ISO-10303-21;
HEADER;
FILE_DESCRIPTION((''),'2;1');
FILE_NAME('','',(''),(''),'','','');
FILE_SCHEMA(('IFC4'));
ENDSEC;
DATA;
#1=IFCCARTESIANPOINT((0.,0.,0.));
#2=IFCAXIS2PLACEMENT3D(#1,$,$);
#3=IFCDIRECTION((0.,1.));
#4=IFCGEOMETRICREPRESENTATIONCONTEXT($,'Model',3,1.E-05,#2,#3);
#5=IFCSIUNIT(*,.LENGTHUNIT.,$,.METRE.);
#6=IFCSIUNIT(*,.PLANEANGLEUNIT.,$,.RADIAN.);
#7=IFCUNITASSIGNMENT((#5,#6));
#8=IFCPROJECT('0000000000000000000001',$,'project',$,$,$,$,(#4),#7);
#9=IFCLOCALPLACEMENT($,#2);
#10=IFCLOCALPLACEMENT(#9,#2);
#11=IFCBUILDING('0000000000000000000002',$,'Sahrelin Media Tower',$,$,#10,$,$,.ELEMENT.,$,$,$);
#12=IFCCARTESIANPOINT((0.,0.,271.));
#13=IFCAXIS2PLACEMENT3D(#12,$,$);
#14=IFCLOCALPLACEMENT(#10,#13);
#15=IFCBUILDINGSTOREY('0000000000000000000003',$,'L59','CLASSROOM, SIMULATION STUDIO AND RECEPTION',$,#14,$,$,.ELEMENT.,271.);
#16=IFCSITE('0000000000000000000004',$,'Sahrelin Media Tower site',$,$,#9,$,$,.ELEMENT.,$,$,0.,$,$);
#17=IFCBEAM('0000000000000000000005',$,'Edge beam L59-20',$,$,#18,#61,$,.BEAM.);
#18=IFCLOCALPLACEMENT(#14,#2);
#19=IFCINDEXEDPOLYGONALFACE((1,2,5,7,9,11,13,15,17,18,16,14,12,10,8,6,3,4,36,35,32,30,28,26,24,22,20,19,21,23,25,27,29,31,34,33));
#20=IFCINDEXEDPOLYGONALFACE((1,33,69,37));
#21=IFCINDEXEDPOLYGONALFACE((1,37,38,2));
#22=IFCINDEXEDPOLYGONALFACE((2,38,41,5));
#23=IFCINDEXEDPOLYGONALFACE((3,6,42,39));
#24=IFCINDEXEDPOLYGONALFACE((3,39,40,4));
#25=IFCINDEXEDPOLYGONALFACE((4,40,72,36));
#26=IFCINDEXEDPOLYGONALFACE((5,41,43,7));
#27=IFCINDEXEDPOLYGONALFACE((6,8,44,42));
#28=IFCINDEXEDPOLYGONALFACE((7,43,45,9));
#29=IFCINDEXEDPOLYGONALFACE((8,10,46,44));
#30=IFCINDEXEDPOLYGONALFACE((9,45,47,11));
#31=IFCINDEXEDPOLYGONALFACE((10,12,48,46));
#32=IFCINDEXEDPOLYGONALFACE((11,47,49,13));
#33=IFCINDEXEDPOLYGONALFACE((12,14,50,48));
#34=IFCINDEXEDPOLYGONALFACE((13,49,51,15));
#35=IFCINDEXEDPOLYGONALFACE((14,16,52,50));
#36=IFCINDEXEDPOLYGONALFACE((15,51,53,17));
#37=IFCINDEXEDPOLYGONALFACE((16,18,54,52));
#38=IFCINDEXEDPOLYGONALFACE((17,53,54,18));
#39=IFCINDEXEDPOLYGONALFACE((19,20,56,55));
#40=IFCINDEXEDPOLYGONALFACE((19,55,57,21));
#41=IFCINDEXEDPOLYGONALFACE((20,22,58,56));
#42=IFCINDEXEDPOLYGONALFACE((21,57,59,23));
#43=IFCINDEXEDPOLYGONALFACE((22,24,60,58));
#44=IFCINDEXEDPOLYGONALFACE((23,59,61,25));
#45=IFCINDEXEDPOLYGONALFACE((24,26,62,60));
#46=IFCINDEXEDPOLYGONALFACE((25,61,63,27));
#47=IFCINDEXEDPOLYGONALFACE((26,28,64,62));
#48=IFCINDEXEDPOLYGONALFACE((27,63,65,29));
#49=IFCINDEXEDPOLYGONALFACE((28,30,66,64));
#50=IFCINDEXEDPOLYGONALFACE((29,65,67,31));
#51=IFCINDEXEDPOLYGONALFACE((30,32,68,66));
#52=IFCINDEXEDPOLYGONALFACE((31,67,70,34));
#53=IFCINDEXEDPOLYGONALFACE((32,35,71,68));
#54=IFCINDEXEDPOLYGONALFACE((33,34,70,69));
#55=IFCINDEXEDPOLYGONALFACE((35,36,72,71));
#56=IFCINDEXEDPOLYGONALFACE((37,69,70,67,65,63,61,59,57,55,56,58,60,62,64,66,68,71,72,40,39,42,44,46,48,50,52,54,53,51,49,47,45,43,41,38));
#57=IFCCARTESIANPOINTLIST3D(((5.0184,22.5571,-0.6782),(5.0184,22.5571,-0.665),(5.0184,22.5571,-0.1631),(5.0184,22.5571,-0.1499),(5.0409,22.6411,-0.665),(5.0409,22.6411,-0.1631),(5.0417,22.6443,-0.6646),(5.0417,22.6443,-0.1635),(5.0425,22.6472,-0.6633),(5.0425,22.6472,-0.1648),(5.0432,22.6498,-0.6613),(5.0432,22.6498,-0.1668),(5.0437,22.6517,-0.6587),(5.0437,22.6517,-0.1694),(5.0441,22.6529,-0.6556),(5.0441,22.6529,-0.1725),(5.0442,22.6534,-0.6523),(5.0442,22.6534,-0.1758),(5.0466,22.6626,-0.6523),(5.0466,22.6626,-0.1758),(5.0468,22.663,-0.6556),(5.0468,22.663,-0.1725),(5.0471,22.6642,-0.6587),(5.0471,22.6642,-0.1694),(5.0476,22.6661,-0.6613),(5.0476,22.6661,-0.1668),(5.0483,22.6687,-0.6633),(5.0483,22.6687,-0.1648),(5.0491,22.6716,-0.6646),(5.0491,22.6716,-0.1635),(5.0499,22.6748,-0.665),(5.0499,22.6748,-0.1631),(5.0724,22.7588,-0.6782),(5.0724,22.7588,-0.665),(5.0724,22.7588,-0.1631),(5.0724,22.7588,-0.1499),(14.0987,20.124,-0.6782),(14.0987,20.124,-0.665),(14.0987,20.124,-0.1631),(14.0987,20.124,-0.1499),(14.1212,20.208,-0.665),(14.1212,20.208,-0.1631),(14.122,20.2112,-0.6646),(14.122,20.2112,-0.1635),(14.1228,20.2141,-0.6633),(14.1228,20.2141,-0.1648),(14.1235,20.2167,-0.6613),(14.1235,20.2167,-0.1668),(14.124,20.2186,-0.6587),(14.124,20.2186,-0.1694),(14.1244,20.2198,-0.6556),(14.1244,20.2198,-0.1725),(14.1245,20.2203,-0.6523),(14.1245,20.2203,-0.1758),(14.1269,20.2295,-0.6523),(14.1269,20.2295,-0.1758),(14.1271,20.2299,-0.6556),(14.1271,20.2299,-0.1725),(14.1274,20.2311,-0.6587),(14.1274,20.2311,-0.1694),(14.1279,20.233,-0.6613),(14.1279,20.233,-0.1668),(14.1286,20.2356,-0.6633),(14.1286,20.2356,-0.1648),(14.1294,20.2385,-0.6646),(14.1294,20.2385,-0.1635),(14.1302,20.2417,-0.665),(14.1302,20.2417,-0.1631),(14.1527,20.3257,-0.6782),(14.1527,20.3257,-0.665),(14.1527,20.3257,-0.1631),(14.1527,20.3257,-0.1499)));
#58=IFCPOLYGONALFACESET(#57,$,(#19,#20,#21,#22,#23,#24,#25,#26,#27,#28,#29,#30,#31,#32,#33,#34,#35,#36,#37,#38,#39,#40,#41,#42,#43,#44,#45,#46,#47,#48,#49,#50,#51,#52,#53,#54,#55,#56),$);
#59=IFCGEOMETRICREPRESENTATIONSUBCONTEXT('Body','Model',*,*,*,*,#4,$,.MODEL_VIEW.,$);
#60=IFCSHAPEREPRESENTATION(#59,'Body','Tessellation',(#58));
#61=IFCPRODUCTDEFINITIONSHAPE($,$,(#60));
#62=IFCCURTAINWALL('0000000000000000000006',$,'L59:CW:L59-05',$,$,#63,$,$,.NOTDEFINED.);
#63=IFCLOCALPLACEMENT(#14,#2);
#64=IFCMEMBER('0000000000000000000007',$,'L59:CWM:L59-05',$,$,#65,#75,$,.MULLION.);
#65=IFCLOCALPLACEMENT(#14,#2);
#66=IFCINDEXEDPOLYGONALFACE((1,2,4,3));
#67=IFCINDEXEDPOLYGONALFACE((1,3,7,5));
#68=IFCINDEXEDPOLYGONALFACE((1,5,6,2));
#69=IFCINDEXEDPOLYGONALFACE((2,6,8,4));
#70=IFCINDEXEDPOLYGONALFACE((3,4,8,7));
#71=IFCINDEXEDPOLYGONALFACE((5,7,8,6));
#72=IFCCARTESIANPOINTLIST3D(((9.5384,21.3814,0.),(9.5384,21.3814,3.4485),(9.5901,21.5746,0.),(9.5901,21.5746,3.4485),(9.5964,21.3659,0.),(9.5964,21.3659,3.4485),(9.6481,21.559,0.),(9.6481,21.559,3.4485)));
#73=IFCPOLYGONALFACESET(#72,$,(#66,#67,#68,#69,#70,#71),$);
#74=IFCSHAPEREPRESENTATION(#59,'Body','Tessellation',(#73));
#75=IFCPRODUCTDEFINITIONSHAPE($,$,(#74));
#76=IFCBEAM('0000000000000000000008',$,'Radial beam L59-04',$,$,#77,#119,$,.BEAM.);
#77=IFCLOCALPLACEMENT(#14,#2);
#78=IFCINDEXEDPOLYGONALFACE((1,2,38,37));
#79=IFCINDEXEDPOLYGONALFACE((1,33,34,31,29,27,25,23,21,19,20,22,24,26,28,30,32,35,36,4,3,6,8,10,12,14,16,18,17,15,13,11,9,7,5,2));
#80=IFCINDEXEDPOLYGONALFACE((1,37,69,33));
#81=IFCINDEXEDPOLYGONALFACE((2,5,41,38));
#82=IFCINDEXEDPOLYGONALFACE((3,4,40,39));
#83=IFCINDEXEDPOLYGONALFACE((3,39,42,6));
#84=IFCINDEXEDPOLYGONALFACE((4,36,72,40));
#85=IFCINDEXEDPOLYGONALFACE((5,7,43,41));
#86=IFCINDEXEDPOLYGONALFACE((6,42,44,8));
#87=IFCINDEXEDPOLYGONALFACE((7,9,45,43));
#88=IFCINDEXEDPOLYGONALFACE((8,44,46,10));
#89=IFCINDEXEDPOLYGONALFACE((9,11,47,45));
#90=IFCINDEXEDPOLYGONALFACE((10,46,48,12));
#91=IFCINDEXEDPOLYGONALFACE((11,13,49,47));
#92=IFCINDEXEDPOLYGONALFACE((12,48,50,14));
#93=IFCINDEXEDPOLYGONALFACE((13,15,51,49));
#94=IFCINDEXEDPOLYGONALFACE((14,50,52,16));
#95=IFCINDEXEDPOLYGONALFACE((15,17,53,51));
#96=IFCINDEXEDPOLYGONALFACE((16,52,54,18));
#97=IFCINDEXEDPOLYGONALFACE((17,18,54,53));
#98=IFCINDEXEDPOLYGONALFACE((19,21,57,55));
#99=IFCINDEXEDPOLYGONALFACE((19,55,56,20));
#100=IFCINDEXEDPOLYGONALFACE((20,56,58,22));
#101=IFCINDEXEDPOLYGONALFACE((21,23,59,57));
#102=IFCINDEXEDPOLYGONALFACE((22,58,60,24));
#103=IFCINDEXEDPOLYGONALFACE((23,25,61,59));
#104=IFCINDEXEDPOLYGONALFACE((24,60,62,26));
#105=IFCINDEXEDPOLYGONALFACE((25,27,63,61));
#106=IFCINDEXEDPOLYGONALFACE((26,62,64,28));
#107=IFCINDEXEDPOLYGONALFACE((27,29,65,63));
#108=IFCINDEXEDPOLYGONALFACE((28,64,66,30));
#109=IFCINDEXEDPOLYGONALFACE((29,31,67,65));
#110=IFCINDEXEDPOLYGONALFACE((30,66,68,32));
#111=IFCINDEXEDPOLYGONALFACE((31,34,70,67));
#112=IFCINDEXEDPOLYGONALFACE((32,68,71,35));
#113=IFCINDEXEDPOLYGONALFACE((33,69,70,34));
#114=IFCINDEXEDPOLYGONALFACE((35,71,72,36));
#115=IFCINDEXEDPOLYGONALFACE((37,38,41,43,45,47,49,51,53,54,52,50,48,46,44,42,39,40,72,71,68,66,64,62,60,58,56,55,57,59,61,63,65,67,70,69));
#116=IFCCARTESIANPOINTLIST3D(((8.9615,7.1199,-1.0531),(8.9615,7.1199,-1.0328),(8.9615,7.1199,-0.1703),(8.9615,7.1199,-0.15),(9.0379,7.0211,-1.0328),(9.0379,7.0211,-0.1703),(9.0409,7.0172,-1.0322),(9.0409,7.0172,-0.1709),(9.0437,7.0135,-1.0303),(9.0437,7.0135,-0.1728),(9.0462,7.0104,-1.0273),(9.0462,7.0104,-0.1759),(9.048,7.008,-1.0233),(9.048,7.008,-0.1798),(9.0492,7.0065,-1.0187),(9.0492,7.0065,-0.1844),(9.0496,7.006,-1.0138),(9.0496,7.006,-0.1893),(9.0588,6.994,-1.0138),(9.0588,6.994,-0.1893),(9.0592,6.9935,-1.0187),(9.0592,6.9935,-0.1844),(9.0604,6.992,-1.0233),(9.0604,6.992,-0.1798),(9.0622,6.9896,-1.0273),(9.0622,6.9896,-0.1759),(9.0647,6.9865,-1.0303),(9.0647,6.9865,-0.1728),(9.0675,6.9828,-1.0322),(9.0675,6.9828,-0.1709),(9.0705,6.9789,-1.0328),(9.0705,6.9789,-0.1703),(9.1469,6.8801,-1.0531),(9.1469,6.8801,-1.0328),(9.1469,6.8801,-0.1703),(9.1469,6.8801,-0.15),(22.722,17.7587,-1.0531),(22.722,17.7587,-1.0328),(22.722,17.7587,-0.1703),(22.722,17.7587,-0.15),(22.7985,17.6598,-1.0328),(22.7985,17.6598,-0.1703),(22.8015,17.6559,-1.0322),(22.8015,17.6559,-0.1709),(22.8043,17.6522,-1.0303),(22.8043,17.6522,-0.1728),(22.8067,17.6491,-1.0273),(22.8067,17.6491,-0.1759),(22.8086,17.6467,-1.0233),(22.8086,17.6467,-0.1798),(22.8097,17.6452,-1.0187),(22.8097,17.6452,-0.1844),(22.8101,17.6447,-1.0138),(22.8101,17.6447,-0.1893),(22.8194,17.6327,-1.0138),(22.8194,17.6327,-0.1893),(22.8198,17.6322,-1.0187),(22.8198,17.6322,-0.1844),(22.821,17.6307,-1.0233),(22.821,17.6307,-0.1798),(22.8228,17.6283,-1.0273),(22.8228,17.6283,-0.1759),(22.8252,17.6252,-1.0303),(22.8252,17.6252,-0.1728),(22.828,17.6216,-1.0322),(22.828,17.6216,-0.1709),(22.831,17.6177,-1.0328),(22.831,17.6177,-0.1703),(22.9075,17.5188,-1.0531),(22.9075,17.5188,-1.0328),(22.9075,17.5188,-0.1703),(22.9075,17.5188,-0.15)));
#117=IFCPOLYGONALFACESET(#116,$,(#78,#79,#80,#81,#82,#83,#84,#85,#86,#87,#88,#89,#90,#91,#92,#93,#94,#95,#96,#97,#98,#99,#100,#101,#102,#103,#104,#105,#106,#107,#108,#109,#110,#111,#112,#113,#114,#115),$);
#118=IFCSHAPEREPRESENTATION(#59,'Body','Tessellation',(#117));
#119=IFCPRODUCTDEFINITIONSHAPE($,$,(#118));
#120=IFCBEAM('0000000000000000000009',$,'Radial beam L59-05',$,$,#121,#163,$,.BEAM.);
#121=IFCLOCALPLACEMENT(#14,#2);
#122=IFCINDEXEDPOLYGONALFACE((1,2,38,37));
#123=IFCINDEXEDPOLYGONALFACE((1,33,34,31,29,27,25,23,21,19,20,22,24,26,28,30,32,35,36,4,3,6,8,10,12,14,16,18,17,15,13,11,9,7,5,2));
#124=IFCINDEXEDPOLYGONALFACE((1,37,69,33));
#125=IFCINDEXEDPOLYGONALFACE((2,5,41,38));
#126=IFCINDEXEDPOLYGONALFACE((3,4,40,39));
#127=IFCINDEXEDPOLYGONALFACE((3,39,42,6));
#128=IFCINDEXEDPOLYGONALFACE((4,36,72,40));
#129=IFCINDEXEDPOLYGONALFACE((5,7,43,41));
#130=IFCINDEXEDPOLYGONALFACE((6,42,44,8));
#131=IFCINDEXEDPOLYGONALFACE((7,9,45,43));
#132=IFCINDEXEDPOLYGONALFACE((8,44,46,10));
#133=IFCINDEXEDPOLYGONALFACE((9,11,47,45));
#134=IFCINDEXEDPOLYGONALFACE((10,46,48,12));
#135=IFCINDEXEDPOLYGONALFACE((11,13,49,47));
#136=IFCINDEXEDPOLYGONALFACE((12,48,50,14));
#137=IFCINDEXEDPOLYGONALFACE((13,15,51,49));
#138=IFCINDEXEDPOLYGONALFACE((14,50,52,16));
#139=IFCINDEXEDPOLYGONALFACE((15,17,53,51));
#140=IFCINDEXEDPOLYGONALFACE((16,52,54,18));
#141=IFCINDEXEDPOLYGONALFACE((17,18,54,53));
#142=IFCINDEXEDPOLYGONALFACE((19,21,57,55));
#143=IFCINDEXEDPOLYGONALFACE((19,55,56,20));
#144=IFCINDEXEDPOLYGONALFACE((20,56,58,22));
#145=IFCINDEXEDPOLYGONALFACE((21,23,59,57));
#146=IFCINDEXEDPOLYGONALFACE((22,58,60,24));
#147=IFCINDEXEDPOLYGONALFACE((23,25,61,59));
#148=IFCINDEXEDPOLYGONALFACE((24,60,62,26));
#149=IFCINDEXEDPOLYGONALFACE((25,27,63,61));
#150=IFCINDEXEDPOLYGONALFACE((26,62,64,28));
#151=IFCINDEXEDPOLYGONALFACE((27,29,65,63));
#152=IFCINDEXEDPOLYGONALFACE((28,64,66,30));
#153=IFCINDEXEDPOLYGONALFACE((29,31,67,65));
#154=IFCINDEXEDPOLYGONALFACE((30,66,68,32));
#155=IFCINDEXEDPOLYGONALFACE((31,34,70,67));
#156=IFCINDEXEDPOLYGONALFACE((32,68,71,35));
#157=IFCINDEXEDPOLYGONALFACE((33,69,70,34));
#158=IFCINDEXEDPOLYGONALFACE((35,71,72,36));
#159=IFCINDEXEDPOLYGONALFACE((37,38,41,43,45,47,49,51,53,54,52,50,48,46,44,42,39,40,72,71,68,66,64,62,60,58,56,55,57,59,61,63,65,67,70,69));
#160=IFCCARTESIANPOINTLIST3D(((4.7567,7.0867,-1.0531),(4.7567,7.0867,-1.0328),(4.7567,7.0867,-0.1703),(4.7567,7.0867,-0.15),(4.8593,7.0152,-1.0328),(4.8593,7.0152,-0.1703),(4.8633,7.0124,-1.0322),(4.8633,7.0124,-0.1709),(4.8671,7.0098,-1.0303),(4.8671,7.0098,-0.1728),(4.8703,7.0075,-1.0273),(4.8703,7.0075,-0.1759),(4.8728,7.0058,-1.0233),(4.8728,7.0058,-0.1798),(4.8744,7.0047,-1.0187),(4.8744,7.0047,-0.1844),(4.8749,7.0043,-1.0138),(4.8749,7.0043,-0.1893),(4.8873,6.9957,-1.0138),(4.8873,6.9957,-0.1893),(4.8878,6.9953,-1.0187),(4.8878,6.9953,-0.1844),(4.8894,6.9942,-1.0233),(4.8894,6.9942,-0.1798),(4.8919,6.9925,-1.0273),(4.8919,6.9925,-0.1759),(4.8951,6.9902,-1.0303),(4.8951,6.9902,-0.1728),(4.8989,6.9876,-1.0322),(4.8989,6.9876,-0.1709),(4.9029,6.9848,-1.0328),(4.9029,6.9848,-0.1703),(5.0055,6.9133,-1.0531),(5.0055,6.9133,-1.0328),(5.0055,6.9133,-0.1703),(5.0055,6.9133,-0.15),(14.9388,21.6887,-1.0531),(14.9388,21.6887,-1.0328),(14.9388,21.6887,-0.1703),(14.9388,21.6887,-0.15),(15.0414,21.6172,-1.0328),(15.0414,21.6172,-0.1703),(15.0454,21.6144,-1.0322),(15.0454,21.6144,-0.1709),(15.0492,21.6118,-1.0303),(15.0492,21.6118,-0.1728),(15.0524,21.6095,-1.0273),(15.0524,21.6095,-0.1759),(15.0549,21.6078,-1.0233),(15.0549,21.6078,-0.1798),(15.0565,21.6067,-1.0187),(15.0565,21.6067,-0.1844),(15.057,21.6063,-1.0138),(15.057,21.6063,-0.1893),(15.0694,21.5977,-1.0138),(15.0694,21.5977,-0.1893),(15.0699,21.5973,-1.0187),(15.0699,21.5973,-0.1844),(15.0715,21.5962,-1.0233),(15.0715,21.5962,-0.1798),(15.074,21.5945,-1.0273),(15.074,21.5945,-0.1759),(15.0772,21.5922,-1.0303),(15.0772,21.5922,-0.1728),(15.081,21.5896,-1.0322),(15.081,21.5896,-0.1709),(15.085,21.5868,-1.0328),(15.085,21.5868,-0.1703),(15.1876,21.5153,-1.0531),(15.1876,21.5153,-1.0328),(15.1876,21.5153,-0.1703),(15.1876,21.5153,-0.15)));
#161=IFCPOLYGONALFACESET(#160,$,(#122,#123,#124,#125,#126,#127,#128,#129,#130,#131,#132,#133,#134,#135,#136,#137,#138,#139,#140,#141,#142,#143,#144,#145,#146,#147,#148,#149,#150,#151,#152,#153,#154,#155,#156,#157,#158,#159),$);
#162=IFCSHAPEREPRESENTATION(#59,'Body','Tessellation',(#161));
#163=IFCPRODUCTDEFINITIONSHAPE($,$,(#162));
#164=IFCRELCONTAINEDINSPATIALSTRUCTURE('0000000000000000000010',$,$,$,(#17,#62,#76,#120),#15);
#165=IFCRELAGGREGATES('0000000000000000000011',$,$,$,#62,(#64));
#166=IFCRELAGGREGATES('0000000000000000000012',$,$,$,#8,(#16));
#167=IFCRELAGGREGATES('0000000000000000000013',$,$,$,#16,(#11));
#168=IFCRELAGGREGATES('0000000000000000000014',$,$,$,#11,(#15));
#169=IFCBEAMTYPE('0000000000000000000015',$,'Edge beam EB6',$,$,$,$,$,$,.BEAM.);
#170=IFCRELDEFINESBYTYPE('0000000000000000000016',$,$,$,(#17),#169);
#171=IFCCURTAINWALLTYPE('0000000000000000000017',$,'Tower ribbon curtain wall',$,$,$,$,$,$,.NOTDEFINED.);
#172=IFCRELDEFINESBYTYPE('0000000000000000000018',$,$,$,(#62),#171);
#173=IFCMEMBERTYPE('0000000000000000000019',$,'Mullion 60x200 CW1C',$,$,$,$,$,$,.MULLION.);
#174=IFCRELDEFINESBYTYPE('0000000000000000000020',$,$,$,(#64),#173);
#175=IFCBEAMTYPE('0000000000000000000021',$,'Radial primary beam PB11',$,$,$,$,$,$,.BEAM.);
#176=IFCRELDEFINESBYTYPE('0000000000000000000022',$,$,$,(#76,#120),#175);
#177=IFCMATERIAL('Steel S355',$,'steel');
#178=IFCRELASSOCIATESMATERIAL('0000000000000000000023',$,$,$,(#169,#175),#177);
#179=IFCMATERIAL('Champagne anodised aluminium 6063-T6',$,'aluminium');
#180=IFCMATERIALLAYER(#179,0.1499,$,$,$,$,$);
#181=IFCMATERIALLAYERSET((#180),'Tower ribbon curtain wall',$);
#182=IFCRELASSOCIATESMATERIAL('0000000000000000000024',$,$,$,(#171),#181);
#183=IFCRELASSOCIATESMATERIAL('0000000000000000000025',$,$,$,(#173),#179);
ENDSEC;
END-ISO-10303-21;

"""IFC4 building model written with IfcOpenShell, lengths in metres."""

from ifc_helpers import new_model, si_unit, direction, frame, origin, origin_2d, place, context, subcontext, project, spatial, rectangle, i_section, extrude, material, layer, layer_set, material_profile, profile_set, type_object, element, aggregate, save


model = new_model("IFC4")

# Units and contexts
model_context = context("Model", 3, precision=1e-05, world=origin(), true_north=direction((0.0, 1.0)))
body_context = subcontext(model_context, "Body", "Model", "MODEL_VIEW")
ifc_project = project(units=[si_unit("LENGTHUNIT", "METRE"), si_unit("PLANEANGLEUNIT", "RADIAN")], contexts=[model_context])

# Site, building, storey
site_placement = place(None, origin())
site = spatial("IfcSite", under=ifc_project, at=site_placement, Name="Sahrelin Media Tower site", CompositionType="ELEMENT", RefElevation=0.0)
building_placement = place(site_placement, origin())
building = spatial("IfcBuilding", under=site, at=building_placement, Name="Sahrelin Media Tower", CompositionType="ELEMENT")
storey_placement = place(building_placement, frame((0.0, 0.0, 271.0)))
storey = spatial("IfcBuildingStorey", under=building, at=storey_placement, Name="L59", Description="CLASSROOM, SIMULATION STUDIO AND RECEPTION", CompositionType="ELEMENT", Elevation=271.0)

# Beam
ifc_material_1 = material(Name="Steel S355", Category="steel")
ifc_material_profile_1 = material_profile(ifc_material_1, i_section(OverallWidth=0.2087, OverallDepth=0.5283, WebThickness=0.0095, FlangeThickness=0.0132, FilletRadius=0.0127, at=origin_2d()), Name="UB 533x210x82")
ifc_profile_set_1 = profile_set([ifc_material_profile_1], Name="Steel S355")
beam_type_1 = type_object("IfcBeamType", Name="Edge beam EB6", PredefinedType="BEAM", material=ifc_profile_set_1)
beam_1_placement = place(storey_placement, frame((5.0454, 22.658, -0.4141), z_axis=(0.965925, -0.258823, 0.0), x_axis=(0.258823, 0.965925, 0.0)))
element("IfcBeam", 1, at=beam_1_placement, inside=storey, type_object=beam_type_1, Name="Edge beam L59-20", PredefinedType="BEAM", context=body_context, shape_type="SweptSolid", body=[
    extrude(i_section(OverallWidth=0.2087, OverallDepth=0.5283, WebThickness=0.0095, FlangeThickness=0.0132, FilletRadius=0.0127, at=origin_2d()), origin(), (0.0, 0.0, 1.0), 9.4006),
])

# Curtain wall, member
ifc_material_2 = material(Name="Champagne anodised aluminium 6063-T6", Category="aluminium")
ifc_layer_1 = layer(ifc_material_2, 0.1499)
ifc_layer_set_1 = layer_set([ifc_layer_1], Name="Tower ribbon curtain wall")
curtain_wall_type = type_object("IfcCurtainWallType", Name="Tower ribbon curtain wall", PredefinedType="NOTDEFINED", material=ifc_layer_set_1)
curtain_wall_1_placement = place(storey_placement, frame((9.6243, 21.5862, 0.0), z_axis=(0.0, 0.0, 1.0), x_axis=(1.0, 0.0, 0.0)))
curtain_wall_1 = element("IfcCurtainWall", 2, at=curtain_wall_1_placement, inside=storey, type_object=curtain_wall_type, Name="L59:CW:L59-05", PredefinedType="NOTDEFINED")
ifc_material_profile_2 = material_profile(ifc_material_2, rectangle(XDim=0.0601, YDim=0.2, at=origin_2d()), Name="Mullion 60x200")
ifc_profile_set_2 = profile_set([ifc_material_profile_2], Name="Champagne anodised aluminium 6063-T6")
member_type_1 = type_object("IfcMemberType", Name="Mullion 60x200 CW1C", PredefinedType="MULLION", material=ifc_profile_set_2)
member_1_placement = place(storey_placement, frame((9.5933, 21.4702, 0.0), z_axis=(0.0, 0.0, 1.0), x_axis=(-0.965924, 0.258826, 0.0)))
member_1 = element("IfcMember", 3, at=member_1_placement, type_object=member_type_1, Name="L59:CWM:L59-05", PredefinedType="MULLION", context=body_context, shape_type="SweptSolid", body=[
    extrude(rectangle(XDim=0.0601, YDim=0.2, at=origin_2d()), origin(), (0.0, 0.0, 1.0), 3.4485),
])
aggregate(curtain_wall_1, [member_1])

# Beams
ifc_material_profile_3 = material_profile(ifc_material_1, i_section(OverallWidth=0.3032, OverallDepth=0.9031, WebThickness=0.0151, FlangeThickness=0.0203, FilletRadius=0.019, at=origin_2d()), Name="UB 914x305x201")
ifc_profile_set_3 = profile_set([ifc_material_profile_3], Name="Steel S355")
beam_type_2 = type_object("IfcBeamType", Name="Radial primary beam PB11", PredefinedType="BEAM", material=ifc_profile_set_3)
beam_2_placement = place(storey_placement, frame((9.0542, 7.0, -0.6016), z_axis=(0.79113, 0.611648, 0.0), x_axis=(-0.611648, 0.79113, 0.0)))
element("IfcBeam", 4, at=beam_2_placement, inside=storey, type_object=beam_type_2, Name="Radial beam L59-04", PredefinedType="BEAM", context=body_context, shape_type="SweptSolid", body=[
    extrude(i_section(OverallWidth=0.3032, OverallDepth=0.9031, WebThickness=0.0151, FlangeThickness=0.0203, FilletRadius=0.019, at=origin_2d()), origin(), (0.0, 0.0, 1.0), 17.3936),
])
beam_3_placement = place(storey_placement, frame((4.8811, 7.0, -0.6016), z_axis=(0.571979, 0.820268, 0.0), x_axis=(-0.820268, 0.571979, 0.0)))
element("IfcBeam", 5, at=beam_3_placement, inside=storey, type_object=beam_type_2, Name="Radial beam L59-05", PredefinedType="BEAM", context=body_context, shape_type="SweptSolid", body=[
    extrude(i_section(OverallWidth=0.3032, OverallDepth=0.9031, WebThickness=0.0151, FlangeThickness=0.0203, FilletRadius=0.019, at=origin_2d()), origin(), (0.0, 0.0, 1.0), 17.8015),
])

save(model, "model.ifc")
